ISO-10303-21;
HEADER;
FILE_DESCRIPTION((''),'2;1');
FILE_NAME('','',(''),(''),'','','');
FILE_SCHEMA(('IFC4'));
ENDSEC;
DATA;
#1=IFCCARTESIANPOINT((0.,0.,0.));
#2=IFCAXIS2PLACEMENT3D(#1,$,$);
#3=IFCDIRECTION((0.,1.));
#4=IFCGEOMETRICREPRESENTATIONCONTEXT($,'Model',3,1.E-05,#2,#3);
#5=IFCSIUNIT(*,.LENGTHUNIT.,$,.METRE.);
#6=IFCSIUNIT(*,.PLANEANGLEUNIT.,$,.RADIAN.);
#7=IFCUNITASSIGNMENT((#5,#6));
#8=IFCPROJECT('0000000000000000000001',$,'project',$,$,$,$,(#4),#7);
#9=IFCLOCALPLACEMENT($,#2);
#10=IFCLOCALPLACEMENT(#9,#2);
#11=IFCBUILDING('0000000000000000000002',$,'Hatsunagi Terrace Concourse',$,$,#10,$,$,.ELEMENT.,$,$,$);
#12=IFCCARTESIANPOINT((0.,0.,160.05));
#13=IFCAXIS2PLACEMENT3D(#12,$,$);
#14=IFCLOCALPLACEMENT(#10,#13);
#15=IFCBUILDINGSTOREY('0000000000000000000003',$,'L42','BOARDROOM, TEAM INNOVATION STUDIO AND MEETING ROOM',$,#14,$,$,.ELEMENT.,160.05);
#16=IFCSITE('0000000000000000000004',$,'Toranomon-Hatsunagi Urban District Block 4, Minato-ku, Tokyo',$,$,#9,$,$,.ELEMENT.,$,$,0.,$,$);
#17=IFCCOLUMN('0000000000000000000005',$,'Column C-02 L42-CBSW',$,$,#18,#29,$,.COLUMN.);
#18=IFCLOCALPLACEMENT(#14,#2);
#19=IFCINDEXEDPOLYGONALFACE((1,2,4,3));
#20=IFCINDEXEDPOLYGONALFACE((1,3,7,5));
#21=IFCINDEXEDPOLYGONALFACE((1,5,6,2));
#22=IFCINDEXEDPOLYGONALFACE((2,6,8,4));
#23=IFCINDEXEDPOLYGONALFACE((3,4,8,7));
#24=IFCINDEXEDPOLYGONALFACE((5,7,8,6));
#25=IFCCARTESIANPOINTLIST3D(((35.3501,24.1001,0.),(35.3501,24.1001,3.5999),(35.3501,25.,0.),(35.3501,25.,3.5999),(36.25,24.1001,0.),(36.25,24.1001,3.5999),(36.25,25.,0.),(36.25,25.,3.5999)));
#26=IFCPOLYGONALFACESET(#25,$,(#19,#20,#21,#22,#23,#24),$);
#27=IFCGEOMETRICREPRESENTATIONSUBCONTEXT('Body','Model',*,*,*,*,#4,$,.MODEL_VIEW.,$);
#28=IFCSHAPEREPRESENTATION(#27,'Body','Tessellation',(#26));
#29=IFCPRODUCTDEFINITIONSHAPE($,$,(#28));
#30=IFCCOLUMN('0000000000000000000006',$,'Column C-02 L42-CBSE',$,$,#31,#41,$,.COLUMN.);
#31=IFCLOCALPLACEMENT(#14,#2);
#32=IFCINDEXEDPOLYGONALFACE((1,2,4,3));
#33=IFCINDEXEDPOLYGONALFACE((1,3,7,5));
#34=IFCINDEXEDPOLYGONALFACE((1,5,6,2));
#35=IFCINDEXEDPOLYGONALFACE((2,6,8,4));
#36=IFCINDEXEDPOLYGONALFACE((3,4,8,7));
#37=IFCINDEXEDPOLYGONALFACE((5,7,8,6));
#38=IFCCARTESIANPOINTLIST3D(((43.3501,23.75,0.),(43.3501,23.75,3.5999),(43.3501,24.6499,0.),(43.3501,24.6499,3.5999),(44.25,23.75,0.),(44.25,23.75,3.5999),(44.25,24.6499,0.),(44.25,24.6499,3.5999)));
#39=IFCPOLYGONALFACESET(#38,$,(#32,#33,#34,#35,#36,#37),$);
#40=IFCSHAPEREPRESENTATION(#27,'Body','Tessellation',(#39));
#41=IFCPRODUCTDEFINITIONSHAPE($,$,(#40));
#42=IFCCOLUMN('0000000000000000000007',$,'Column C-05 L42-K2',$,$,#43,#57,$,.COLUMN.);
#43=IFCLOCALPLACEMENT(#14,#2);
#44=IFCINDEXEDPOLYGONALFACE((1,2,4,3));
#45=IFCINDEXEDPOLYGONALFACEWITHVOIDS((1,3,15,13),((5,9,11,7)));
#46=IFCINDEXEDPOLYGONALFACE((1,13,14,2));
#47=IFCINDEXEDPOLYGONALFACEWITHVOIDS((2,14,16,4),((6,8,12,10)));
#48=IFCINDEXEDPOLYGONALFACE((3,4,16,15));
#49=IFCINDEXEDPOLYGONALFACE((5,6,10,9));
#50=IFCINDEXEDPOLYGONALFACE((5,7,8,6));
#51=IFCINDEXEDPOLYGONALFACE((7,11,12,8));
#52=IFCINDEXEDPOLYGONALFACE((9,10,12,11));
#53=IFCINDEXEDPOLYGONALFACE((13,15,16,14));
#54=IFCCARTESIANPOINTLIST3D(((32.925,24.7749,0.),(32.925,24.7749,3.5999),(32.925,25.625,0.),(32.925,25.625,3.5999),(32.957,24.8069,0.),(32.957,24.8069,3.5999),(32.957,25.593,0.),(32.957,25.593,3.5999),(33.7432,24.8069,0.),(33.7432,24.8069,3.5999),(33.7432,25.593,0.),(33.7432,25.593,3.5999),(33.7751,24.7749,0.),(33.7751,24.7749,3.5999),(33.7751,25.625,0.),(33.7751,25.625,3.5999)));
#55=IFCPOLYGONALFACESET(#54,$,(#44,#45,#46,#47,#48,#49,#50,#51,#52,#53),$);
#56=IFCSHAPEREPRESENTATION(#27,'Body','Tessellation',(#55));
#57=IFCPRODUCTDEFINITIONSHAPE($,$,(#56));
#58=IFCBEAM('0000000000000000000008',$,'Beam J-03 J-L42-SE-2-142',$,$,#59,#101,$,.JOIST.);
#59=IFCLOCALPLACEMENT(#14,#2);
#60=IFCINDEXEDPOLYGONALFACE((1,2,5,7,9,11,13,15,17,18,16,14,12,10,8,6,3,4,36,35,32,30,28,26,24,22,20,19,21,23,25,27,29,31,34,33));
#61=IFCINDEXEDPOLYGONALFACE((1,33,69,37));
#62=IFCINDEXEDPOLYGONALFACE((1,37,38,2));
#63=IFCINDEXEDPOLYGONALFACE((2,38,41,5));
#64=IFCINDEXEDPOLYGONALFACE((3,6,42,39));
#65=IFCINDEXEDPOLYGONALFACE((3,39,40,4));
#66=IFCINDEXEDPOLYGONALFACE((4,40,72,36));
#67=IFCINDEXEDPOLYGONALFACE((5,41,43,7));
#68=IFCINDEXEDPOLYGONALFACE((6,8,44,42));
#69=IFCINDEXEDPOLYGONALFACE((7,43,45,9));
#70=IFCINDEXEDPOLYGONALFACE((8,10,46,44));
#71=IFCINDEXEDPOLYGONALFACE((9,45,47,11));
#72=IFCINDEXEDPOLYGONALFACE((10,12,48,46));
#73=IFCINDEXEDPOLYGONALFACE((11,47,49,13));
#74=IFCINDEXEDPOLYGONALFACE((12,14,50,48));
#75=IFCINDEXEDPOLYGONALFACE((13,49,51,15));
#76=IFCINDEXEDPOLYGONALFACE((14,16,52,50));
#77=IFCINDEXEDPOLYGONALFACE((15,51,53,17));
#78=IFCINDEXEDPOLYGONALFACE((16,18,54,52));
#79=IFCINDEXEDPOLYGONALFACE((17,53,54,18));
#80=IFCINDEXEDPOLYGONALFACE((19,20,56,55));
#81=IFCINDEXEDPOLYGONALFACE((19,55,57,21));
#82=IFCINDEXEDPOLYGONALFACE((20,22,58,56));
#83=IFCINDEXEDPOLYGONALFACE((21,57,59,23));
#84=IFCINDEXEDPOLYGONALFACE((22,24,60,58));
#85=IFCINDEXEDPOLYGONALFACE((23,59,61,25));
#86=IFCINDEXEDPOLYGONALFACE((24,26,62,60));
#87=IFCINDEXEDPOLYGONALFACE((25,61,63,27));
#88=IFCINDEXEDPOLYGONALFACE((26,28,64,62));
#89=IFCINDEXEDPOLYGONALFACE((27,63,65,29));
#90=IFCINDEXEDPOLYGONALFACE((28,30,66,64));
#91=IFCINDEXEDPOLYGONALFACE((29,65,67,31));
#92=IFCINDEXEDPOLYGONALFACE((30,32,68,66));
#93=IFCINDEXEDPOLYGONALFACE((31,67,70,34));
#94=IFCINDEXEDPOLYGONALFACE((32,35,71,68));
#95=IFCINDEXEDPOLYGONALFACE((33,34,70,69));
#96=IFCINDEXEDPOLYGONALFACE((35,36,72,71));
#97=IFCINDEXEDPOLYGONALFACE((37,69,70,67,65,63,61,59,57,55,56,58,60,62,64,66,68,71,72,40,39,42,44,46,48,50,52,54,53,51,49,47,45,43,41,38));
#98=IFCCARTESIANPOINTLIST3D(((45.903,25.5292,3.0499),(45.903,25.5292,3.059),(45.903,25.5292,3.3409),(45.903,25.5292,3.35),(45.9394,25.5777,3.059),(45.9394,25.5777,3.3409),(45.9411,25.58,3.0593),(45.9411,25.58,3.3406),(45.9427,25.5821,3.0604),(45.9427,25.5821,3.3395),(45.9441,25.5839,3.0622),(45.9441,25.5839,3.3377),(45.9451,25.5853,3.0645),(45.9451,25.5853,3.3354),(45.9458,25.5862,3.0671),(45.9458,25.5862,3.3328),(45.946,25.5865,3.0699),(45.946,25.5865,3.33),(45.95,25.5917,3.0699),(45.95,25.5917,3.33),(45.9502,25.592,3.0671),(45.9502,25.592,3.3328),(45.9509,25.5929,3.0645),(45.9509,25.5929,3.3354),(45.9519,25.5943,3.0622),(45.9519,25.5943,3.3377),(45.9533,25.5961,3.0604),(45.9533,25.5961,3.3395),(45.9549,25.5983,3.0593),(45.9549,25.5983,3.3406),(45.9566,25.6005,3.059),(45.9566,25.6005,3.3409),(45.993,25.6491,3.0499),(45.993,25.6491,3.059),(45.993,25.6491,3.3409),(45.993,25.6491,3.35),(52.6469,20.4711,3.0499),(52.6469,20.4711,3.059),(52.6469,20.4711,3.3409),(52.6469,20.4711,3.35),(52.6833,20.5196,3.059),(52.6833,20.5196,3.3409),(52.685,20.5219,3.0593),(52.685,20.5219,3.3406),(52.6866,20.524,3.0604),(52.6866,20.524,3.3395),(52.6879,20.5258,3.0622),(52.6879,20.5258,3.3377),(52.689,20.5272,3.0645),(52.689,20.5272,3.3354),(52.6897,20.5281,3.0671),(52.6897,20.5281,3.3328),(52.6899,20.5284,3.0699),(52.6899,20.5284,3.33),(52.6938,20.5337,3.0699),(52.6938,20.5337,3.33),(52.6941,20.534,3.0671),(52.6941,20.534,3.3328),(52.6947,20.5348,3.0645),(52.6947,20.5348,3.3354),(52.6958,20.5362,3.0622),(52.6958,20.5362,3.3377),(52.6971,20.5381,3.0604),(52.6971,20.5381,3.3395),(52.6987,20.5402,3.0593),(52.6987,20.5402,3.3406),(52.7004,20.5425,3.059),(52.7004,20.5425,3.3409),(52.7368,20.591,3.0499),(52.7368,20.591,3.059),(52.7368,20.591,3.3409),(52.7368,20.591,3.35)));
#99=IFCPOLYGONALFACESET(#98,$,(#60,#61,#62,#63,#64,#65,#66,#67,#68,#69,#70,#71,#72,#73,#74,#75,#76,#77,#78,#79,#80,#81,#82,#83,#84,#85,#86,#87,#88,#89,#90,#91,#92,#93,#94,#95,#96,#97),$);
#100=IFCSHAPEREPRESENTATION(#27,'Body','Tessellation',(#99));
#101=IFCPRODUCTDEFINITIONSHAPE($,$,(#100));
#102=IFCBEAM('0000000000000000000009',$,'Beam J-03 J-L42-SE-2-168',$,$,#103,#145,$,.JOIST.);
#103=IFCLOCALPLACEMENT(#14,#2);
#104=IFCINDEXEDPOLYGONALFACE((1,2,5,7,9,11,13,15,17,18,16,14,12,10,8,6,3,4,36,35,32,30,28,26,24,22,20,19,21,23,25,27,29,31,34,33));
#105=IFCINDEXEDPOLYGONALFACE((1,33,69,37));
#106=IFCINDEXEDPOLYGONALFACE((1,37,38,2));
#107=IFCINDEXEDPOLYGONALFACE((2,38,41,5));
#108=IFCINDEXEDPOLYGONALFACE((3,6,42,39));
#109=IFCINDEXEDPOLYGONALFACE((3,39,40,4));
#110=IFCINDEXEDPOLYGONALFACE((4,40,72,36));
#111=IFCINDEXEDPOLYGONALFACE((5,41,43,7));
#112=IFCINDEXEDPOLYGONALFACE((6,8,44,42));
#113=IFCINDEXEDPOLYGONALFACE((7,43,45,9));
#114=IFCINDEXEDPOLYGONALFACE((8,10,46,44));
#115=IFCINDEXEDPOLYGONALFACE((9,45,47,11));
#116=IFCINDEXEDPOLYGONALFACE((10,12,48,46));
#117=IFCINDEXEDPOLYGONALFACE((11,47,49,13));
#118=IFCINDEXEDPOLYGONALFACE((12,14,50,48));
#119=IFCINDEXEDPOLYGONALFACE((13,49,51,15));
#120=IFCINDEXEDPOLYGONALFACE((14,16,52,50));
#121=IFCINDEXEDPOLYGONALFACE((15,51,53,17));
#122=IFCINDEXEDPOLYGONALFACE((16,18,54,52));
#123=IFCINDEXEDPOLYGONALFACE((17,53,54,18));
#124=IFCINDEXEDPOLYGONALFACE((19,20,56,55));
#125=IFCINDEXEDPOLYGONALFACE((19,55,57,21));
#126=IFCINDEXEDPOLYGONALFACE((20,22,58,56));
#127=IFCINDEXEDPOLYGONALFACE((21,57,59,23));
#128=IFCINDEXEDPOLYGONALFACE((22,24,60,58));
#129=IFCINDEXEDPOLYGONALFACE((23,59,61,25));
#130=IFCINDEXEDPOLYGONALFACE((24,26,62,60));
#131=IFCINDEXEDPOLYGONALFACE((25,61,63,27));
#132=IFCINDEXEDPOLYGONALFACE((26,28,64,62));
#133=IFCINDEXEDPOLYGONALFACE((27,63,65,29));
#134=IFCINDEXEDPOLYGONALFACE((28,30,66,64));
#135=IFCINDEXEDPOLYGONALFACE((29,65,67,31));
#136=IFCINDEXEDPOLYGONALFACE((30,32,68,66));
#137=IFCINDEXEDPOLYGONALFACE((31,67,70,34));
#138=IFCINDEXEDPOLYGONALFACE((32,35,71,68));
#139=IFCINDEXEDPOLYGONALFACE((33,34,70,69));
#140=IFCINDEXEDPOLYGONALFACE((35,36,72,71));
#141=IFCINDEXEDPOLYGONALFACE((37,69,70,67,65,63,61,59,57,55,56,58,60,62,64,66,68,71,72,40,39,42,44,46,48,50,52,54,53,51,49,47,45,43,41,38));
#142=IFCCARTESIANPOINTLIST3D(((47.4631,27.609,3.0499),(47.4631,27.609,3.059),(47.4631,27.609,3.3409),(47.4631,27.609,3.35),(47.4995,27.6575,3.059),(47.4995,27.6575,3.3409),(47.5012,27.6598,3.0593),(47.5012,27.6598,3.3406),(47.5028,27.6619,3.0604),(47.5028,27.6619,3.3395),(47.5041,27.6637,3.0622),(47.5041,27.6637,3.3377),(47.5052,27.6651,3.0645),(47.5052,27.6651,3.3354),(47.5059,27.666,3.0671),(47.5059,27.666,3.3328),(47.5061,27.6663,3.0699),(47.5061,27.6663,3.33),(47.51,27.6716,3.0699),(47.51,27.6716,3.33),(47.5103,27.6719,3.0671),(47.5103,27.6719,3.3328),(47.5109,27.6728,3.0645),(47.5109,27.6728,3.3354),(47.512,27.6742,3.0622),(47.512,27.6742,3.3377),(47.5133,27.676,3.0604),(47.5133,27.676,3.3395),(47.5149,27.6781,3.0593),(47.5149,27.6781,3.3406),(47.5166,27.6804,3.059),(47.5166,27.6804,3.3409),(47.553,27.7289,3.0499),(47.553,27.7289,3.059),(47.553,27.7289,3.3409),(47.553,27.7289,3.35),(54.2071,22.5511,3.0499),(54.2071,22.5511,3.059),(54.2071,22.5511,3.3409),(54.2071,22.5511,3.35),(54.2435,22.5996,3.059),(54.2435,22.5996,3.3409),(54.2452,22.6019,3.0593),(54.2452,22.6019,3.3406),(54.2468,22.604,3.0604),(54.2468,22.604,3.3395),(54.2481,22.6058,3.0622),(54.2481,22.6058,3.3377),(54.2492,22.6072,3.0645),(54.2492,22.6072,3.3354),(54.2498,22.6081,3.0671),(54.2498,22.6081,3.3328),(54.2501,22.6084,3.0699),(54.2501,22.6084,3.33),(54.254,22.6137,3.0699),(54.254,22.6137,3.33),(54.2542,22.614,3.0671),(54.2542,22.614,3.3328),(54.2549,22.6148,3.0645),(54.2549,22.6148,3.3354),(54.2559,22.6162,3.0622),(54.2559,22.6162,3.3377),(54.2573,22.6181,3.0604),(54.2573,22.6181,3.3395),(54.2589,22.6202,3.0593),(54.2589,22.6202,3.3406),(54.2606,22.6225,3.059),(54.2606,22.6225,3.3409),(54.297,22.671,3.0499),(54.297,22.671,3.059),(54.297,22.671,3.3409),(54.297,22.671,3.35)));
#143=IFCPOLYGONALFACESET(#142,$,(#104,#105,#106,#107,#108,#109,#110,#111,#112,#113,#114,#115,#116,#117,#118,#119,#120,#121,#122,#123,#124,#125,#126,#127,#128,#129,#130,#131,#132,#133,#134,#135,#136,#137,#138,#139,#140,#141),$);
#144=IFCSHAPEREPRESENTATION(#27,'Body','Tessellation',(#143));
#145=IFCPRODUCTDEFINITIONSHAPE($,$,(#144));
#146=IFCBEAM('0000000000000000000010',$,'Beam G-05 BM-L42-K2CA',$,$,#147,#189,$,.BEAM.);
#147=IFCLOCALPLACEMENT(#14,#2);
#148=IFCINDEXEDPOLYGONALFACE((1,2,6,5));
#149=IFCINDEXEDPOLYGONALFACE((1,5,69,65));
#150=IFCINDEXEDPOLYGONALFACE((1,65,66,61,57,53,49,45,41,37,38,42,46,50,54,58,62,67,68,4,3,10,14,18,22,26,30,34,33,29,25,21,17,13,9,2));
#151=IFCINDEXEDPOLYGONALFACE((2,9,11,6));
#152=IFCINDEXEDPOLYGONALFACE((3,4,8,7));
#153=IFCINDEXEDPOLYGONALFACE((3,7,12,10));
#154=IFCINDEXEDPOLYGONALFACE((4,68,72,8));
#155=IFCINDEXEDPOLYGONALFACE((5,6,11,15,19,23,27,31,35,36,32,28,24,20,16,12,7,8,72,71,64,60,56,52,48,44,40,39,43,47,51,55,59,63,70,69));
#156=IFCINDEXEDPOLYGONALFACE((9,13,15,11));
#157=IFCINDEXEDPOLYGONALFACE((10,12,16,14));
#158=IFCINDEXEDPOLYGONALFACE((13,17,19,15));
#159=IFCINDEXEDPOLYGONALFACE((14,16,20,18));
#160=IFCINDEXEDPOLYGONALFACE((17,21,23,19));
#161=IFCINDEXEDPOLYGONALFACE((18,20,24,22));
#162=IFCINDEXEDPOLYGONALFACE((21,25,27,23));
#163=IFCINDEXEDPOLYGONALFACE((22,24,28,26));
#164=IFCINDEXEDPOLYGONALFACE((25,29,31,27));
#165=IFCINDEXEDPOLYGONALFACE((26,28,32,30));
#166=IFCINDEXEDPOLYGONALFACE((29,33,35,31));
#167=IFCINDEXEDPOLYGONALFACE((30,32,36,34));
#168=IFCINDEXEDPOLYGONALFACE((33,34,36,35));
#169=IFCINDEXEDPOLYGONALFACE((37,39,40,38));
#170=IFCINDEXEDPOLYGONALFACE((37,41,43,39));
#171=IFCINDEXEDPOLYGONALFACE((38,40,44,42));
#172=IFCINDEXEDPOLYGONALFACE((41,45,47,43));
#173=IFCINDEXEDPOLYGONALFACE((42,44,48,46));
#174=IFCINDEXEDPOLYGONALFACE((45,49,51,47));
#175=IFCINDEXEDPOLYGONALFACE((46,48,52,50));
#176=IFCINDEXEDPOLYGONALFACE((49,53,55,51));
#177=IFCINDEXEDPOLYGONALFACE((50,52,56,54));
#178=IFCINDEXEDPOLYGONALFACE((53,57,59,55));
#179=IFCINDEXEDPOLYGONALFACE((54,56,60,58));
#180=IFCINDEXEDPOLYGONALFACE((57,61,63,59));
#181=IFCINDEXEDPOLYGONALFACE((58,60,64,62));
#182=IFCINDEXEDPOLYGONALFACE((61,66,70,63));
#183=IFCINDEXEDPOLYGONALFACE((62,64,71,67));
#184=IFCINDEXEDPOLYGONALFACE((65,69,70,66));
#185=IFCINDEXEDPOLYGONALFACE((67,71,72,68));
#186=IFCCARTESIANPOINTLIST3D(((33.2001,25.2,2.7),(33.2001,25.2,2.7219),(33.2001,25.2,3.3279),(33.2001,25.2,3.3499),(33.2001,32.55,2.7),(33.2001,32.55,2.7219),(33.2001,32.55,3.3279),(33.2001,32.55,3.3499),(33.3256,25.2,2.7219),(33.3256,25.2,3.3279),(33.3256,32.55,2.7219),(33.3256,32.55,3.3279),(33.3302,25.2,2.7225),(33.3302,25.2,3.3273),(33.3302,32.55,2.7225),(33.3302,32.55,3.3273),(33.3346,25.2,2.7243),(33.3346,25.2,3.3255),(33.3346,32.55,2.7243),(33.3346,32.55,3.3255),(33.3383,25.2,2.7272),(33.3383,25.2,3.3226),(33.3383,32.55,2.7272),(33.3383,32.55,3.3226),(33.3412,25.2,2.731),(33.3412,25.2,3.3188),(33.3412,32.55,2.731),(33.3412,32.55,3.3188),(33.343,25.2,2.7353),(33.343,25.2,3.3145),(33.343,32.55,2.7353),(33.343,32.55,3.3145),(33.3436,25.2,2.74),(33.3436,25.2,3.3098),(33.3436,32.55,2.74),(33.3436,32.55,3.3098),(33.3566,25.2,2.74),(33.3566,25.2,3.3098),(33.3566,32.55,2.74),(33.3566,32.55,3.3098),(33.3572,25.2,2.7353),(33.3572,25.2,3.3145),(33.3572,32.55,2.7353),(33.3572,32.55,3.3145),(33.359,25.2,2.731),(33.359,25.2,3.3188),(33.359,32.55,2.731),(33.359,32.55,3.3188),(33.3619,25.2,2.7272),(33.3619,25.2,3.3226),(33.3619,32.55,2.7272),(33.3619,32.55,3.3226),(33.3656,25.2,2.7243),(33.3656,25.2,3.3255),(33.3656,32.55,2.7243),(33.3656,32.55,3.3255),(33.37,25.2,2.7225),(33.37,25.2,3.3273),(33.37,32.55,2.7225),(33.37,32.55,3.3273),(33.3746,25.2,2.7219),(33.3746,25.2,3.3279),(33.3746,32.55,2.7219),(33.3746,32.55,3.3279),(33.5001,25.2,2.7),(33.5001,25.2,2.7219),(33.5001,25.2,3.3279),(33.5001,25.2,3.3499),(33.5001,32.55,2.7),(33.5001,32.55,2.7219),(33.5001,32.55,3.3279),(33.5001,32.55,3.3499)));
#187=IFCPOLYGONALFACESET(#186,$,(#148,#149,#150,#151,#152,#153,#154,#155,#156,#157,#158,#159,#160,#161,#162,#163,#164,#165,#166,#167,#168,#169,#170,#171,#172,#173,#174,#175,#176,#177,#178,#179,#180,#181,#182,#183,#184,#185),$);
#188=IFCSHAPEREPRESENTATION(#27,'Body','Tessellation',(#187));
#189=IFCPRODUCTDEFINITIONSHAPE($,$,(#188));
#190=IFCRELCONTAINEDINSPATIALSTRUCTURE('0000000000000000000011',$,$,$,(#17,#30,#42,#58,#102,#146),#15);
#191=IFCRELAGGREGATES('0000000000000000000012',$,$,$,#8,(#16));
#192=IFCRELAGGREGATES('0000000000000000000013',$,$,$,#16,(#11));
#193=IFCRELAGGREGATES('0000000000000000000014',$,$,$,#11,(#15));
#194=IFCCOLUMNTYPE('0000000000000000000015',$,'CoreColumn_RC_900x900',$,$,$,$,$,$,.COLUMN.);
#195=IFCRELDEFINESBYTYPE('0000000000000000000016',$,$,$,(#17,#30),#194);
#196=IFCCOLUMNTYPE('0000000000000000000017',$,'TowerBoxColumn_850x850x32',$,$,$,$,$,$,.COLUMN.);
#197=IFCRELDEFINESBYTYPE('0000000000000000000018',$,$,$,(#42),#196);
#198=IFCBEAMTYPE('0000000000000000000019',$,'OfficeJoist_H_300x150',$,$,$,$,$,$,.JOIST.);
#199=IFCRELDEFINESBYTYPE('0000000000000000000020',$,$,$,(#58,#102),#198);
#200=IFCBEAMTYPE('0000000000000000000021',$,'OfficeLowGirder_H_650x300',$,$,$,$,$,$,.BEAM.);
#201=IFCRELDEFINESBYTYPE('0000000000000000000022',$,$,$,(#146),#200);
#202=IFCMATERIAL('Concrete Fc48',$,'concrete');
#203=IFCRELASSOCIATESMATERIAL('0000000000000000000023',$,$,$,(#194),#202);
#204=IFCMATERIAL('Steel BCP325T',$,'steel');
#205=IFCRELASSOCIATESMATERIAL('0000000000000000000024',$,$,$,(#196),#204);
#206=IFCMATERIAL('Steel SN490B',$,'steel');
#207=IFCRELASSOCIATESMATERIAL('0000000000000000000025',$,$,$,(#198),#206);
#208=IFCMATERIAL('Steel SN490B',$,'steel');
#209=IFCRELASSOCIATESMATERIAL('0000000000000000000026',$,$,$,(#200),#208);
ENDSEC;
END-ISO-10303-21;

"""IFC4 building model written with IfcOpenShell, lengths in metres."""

from ifc_helpers import new_model, si_unit, direction, frame, origin, origin_2d, place, context, subcontext, project, spatial, rectangle, hollow_rectangle, i_section, extrude, material, material_profile, profile_set, type_object, element, save


model = new_model("IFC4")

# Units and contexts
model_context = context("Model", 3, precision=1e-05, world=origin(), true_north=direction((0.0, 1.0)))
body_context = subcontext(model_context, "Body", "Model", "MODEL_VIEW")
ifc_project = project(units=[si_unit("LENGTHUNIT", "METRE"), si_unit("PLANEANGLEUNIT", "RADIAN")], contexts=[model_context])

# Site, building, storey
site_placement = place(None, origin())
site = spatial("IfcSite", under=ifc_project, at=site_placement, Name="Toranomon-Hatsunagi Urban District Block 4, Minato-ku, Tokyo", CompositionType="ELEMENT", RefElevation=0.0)
building_placement = place(site_placement, origin())
building = spatial("IfcBuilding", under=site, at=building_placement, Name="Hatsunagi Terrace Concourse", CompositionType="ELEMENT")
storey_placement = place(building_placement, frame((0.0, 0.0, 160.05)))
storey = spatial("IfcBuildingStorey", under=building, at=storey_placement, Name="L42", Description="BOARDROOM, TEAM INNOVATION STUDIO AND MEETING ROOM", CompositionType="ELEMENT", Elevation=160.05)

# Columns
ifc_material_1 = material(Name="Concrete Fc48", Category="concrete")
ifc_material_profile_1 = material_profile(ifc_material_1, rectangle(XDim=0.8999, YDim=0.8999, at=origin_2d()), Name="RC-900x900")
ifc_profile_set_1 = profile_set([ifc_material_profile_1], Name="Concrete Fc48")
column_type_1 = type_object("IfcColumnType", Name="CoreColumn_RC_900x900", PredefinedType="COLUMN", material=ifc_profile_set_1)
for number, where, z_axis, x_axis, name in (
    (1, (35.8, 24.55, 0.0), (0.0, 0.0, 1.0), (1.0, 0.0, 0.0), "Column C-02 L42-CBSW"),
    (2, (43.8, 24.2, 0.0), (0.0, 0.0, 1.0), (1.0, 0.0, 0.0), "Column C-02 L42-CBSE"),
):
    element("IfcColumn", number, at=place(storey_placement, frame(where, z_axis=z_axis, x_axis=x_axis)), inside=storey, type_object=column_type_1, Name=name, PredefinedType="COLUMN", context=body_context, shape_type="SweptSolid", body=[
        extrude(rectangle(XDim=0.8999, YDim=0.8999, at=origin_2d()), origin(), (0.0, 0.0, 1.0), 3.5999),
    ])
ifc_material_2 = material(Name="Steel BCP325T", Category="steel")
ifc_material_profile_2 = material_profile(ifc_material_2, hollow_rectangle(XDim=0.8501, YDim=0.8501, WallThickness=0.032, at=origin_2d()), Name="BCP-850x850x32")
ifc_profile_set_2 = profile_set([ifc_material_profile_2], Name="Steel BCP325T")
column_type_2 = type_object("IfcColumnType", Name="TowerBoxColumn_850x850x32", PredefinedType="COLUMN", material=ifc_profile_set_2)
column_placement = place(storey_placement, frame((33.3501, 25.2, 0.0), z_axis=(0.0, 0.0, 1.0), x_axis=(1.0, 0.0, 0.0)))
element("IfcColumn", 3, at=column_placement, inside=storey, type_object=column_type_2, Name="Column C-05 L42-K2", PredefinedType="COLUMN", context=body_context, shape_type="SweptSolid", body=[
    extrude(hollow_rectangle(XDim=0.8501, YDim=0.8501, WallThickness=0.032, at=origin_2d()), origin(), (0.0, 0.0, 1.0), 3.5999),
])

# Beams
ifc_material_3 = material(Name="Steel SN490B", Category="steel")
ifc_material_profile_3 = material_profile(ifc_material_3, i_section(OverallWidth=0.1499, OverallDepth=0.3, WebThickness=0.0066, FlangeThickness=0.009, FilletRadius=0.011, at=origin_2d()), Name="H-300x150x6.5x9")
ifc_profile_set_3 = profile_set([ifc_material_profile_3], Name="Steel SN490B")
beam_type_1 = type_object("IfcBeamType", Name="OfficeJoist_H_300x150", PredefinedType="JOIST", material=ifc_profile_set_3)
for number, where, z_axis, x_axis, name in (
    (4, (45.948, 25.5891, 3.2), (0.79999, -0.600014, 0.0), (0.600014, 0.79999, 0.0), "Beam J-03 J-L42-SE-2-142"),
    (5, (47.5081, 27.6689, 3.2), (0.800003, -0.599995, 0.0), (0.599995, 0.800003, 0.0), "Beam J-03 J-L42-SE-2-168"),
):
    element("IfcBeam", number, at=place(storey_placement, frame(where, z_axis=z_axis, x_axis=x_axis)), inside=storey, type_object=beam_type_1, Name=name, PredefinedType="JOIST", context=body_context, shape_type="SweptSolid", body=[
        extrude(i_section(OverallWidth=0.1499, OverallDepth=0.3, WebThickness=0.0066, FlangeThickness=0.009, FilletRadius=0.011, at=origin_2d()), origin(), (0.0, 0.0, 1.0), 8.4299),
    ])
ifc_material_4 = material(Name="Steel SN490B", Category="steel")
ifc_material_profile_4 = material_profile(ifc_material_4, i_section(OverallWidth=0.3, OverallDepth=0.6499, WebThickness=0.0129, FlangeThickness=0.022, FilletRadius=0.0181, at=origin_2d()), Name="H-650x300x13x22")
ifc_profile_set_4 = profile_set([ifc_material_profile_4], Name="Steel SN490B")
beam_type_2 = type_object("IfcBeamType", Name="OfficeLowGirder_H_650x300", PredefinedType="BEAM", material=ifc_profile_set_4)
beam_1_placement = place(storey_placement, frame((33.3501, 25.2, 3.0249), z_axis=(0.0, 1.0, 0.0), x_axis=(-1.0, 0.0, 0.0)))
element("IfcBeam", 6, at=beam_1_placement, inside=storey, type_object=beam_type_2, Name="Beam G-05 BM-L42-K2CA", PredefinedType="BEAM", context=body_context, shape_type="SweptSolid", body=[
    extrude(i_section(OverallWidth=0.3, OverallDepth=0.6499, WebThickness=0.0129, FlangeThickness=0.022, FilletRadius=0.0181, at=origin_2d()), origin(), (0.0, 0.0, 1.0), 7.3501),
])

save(model, "model.ifc")
